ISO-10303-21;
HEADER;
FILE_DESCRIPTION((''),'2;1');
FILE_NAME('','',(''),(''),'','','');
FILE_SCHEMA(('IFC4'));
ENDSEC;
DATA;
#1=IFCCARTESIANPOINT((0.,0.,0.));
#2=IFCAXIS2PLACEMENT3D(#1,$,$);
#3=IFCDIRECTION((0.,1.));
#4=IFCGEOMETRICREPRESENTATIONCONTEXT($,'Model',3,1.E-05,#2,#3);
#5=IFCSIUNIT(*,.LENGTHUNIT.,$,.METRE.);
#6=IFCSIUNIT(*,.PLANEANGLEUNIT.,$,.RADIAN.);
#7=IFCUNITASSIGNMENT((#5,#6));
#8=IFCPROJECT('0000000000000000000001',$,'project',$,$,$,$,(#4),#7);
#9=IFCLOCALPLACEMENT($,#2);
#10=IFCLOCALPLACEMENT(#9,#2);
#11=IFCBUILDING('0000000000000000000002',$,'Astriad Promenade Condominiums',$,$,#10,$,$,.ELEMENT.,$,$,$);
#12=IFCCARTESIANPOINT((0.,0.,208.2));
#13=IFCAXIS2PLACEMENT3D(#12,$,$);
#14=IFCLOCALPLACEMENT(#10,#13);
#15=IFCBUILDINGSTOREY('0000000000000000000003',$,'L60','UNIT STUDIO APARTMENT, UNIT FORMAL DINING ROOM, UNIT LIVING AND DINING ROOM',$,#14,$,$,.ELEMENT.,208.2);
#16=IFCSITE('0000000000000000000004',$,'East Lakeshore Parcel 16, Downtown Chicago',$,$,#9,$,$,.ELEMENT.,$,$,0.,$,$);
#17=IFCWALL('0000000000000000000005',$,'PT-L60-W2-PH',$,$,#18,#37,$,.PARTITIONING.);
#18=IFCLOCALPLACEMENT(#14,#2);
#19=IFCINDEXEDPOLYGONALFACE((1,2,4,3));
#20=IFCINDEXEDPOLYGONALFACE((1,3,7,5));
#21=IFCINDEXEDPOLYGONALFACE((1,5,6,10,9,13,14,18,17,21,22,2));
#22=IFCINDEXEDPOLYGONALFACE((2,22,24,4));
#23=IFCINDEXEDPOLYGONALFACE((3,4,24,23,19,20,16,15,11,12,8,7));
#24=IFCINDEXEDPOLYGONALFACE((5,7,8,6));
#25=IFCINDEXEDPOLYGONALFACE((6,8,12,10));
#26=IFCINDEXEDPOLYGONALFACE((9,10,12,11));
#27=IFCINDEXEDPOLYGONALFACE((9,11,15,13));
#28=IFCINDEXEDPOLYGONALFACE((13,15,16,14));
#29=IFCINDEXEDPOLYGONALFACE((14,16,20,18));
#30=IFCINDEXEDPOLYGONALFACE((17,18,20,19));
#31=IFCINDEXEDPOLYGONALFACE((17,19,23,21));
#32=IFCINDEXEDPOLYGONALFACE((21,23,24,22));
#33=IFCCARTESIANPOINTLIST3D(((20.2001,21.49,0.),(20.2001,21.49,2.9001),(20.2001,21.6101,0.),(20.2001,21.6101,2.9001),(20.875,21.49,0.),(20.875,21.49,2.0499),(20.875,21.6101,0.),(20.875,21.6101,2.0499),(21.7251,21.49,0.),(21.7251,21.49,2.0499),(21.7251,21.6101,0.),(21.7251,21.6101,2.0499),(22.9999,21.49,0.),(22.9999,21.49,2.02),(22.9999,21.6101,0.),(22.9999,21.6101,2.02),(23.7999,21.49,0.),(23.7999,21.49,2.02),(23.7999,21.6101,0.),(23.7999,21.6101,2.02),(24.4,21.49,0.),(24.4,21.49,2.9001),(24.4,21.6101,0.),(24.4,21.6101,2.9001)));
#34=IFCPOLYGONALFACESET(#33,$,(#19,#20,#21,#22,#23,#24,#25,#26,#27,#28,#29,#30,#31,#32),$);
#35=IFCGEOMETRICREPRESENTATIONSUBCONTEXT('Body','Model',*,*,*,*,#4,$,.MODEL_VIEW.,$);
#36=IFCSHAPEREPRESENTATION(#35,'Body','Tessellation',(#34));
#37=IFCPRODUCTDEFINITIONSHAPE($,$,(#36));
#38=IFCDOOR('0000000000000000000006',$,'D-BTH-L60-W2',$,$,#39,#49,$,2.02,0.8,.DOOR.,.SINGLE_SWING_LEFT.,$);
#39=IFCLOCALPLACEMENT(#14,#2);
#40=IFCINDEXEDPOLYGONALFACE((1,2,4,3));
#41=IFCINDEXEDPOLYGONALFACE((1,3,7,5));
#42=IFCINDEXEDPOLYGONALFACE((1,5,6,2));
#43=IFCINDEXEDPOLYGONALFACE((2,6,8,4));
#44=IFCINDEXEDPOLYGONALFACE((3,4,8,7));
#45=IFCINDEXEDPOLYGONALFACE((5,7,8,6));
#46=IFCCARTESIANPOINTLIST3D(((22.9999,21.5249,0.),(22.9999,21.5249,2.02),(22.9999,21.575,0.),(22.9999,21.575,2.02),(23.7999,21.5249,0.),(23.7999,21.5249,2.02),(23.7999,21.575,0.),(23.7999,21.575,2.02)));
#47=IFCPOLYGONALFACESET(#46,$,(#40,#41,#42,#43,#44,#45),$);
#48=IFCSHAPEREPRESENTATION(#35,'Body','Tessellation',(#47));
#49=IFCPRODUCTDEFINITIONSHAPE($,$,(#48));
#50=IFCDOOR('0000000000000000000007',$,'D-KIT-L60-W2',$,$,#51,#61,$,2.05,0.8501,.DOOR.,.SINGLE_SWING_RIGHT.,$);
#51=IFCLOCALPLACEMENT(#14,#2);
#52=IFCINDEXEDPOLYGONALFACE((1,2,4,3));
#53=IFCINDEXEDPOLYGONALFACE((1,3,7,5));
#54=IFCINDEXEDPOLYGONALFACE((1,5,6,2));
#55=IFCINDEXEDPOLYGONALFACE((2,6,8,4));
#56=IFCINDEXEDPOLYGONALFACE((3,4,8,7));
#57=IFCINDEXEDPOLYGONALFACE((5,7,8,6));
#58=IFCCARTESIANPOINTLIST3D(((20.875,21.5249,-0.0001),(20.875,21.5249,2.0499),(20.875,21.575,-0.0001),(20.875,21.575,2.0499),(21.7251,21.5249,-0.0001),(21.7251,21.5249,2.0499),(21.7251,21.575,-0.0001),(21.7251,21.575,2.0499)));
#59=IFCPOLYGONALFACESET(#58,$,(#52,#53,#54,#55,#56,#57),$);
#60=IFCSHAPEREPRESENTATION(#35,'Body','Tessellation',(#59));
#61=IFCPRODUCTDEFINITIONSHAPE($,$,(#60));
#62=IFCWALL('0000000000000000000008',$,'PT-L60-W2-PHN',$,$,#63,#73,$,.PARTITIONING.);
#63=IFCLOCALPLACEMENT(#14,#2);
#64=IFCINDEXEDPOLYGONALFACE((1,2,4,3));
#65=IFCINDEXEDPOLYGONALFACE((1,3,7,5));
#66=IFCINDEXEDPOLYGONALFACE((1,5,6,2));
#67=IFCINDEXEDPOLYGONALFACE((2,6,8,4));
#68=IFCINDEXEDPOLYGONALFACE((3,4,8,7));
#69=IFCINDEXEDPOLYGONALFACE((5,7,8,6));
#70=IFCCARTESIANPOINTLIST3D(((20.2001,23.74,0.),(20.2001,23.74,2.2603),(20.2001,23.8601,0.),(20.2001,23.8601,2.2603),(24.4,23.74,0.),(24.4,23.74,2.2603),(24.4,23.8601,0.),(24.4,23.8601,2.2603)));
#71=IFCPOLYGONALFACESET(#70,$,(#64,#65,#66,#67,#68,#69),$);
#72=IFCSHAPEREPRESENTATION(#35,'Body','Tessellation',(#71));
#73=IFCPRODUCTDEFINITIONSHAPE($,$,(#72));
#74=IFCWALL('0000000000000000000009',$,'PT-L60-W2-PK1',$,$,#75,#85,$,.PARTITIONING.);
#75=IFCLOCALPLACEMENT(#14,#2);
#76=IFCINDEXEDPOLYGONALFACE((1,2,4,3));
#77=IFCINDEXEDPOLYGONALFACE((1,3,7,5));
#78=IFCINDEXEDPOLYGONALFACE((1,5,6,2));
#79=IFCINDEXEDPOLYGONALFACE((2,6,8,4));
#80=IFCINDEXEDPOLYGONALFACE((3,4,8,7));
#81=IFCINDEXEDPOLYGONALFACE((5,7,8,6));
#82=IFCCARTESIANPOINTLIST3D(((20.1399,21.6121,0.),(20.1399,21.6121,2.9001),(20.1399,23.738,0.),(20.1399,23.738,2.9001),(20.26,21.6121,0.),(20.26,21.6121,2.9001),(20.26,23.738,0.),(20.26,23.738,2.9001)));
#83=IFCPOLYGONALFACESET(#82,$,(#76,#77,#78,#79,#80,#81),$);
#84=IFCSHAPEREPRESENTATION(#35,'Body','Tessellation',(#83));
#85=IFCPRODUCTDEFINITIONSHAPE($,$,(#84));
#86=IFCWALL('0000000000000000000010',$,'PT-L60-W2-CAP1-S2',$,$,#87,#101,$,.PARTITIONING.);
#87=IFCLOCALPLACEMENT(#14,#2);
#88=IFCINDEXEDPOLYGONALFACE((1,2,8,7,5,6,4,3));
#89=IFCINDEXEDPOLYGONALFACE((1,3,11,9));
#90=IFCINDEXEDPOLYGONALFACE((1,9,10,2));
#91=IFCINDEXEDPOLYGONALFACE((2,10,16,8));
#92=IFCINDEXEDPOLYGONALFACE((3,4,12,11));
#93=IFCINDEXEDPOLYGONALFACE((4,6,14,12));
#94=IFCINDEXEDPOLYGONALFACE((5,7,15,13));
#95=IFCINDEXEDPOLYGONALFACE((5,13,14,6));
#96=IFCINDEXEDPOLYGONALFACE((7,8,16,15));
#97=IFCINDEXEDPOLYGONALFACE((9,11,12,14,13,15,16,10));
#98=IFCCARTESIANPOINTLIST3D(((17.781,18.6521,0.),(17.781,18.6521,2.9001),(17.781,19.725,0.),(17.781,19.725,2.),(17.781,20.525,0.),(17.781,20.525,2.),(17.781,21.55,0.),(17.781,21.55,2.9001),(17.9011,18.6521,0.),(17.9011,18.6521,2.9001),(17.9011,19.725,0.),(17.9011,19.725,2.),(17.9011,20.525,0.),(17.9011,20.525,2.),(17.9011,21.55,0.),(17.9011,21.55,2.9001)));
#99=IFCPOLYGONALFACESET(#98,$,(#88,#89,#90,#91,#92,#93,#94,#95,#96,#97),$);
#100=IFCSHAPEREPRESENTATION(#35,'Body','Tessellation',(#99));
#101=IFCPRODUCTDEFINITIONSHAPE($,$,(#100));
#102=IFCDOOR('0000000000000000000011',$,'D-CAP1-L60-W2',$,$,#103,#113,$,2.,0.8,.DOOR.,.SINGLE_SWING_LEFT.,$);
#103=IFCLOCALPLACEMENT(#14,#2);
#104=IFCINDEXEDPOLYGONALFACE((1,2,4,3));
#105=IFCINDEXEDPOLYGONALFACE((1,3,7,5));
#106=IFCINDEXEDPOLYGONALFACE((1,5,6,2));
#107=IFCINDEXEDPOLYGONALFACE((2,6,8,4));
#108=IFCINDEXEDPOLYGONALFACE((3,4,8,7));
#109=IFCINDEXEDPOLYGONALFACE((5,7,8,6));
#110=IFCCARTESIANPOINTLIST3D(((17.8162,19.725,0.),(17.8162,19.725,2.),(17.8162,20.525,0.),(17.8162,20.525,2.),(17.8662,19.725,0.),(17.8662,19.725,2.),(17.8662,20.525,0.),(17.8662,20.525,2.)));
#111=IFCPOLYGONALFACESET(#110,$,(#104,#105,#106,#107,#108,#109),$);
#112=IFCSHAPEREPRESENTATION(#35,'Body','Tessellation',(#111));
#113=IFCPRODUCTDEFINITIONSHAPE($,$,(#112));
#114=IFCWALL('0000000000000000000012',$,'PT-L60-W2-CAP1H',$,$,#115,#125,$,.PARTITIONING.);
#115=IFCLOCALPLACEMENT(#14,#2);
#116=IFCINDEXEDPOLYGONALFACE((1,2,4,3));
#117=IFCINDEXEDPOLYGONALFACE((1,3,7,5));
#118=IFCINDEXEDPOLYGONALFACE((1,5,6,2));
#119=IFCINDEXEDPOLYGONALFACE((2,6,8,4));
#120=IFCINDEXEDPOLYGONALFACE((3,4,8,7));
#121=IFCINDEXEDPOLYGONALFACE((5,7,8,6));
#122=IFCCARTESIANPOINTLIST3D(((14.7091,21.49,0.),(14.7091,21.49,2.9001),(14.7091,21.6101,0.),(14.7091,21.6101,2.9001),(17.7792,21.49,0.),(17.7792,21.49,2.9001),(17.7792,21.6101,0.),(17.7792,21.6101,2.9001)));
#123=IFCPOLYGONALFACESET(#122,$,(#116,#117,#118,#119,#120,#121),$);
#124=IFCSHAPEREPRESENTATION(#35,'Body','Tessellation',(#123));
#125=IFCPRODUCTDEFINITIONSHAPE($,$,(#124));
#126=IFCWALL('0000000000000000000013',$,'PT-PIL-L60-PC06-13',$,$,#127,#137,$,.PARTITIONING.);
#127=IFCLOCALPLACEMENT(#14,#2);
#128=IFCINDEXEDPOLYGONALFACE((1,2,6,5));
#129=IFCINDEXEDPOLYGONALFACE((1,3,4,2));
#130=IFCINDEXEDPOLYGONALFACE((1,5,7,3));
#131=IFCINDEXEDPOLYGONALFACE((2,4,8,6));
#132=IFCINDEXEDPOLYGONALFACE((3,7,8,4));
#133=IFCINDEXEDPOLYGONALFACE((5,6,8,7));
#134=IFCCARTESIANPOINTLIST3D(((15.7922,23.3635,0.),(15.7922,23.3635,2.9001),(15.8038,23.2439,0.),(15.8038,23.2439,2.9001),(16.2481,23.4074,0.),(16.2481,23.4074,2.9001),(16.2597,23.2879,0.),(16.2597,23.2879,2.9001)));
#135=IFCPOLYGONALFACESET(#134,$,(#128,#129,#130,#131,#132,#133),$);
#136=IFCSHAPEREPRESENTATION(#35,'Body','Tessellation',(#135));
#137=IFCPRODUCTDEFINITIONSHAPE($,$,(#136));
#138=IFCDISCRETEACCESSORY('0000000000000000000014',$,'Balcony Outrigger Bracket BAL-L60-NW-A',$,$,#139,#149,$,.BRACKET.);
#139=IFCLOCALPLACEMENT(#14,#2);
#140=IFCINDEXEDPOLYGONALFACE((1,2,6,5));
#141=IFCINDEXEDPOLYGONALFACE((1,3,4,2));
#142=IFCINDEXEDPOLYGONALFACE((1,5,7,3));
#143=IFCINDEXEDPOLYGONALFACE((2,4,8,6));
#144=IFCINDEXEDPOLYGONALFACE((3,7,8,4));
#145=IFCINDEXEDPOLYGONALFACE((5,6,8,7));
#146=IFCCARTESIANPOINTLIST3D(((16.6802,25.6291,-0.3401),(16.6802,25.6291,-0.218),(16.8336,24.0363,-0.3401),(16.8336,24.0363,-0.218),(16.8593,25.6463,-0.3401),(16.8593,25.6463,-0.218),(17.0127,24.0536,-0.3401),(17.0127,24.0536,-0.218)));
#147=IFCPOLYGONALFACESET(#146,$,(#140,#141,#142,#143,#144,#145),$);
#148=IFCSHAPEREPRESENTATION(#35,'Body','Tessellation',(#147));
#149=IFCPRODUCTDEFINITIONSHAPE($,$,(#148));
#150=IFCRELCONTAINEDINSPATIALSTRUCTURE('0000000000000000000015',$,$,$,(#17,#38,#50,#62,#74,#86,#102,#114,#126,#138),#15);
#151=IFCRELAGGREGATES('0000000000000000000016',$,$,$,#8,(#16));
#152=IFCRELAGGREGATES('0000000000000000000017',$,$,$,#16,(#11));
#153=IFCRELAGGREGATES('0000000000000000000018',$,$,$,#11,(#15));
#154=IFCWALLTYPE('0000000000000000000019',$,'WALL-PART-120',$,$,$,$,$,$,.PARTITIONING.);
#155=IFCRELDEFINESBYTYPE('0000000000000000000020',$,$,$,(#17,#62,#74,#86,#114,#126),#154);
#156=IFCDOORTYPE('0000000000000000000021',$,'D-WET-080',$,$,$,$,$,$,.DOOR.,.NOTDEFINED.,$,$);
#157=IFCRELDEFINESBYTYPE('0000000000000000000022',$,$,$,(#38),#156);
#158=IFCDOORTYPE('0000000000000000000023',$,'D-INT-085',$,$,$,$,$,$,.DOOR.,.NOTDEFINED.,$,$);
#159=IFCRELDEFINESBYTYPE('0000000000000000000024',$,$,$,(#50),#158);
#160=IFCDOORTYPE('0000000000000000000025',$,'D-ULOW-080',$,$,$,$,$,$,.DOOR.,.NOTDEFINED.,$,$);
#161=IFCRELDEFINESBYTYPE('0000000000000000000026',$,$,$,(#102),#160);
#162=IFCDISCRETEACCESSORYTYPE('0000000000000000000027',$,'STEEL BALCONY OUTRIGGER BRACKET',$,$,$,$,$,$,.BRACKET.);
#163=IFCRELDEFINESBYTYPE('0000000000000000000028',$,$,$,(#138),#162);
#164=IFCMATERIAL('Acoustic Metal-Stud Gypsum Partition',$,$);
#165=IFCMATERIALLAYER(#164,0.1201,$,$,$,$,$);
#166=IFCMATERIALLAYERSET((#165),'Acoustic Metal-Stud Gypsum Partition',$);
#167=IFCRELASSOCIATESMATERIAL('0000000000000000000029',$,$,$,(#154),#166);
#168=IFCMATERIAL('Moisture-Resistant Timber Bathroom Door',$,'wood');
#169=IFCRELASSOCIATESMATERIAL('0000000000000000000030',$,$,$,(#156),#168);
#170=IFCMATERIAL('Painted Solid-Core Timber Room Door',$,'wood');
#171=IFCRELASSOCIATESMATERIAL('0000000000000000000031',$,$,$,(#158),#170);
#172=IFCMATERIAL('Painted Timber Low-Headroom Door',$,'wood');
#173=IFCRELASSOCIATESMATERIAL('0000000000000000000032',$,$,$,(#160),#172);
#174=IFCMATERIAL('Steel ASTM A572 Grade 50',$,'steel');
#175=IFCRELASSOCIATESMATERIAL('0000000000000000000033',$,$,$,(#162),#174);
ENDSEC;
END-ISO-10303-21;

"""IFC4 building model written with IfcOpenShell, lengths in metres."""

from ifc_helpers import new_model, si_unit, direction, frame, frame_2d, origin, origin_2d, place, context, subcontext, project, spatial, rectangle, extrude, source, transform, mapped, material, layer, layer_set, type_object, type_shapes, element, fill, save


model = new_model("IFC4")

# Units and contexts
model_context = context("Model", 3, precision=1e-05, world=origin(), true_north=direction((0.0, 1.0)))
body_context = subcontext(model_context, "Body", "Model", "MODEL_VIEW")
ifc_project = project(units=[si_unit("LENGTHUNIT", "METRE"), si_unit("PLANEANGLEUNIT", "RADIAN")], contexts=[model_context])

# Site, building, storey
site_placement = place(None, origin())
site = spatial("IfcSite", under=ifc_project, at=site_placement, Name="East Lakeshore Parcel 16, Downtown Chicago", CompositionType="ELEMENT", RefElevation=0.0)
building_placement = place(site_placement, origin())
building = spatial("IfcBuilding", under=site, at=building_placement, Name="Astriad Promenade Condominiums", CompositionType="ELEMENT")
storey_placement = place(building_placement, frame((0.0, 0.0, 208.2)))
storey = spatial("IfcBuildingStorey", under=building, at=storey_placement, Name="L60", Description="UNIT STUDIO APARTMENT, UNIT FORMAL DINING ROOM, UNIT LIVING AND DINING ROOM", CompositionType="ELEMENT", Elevation=208.2)

# Wall, openings, doors
ifc_material_1 = material(Name="Acoustic Metal-Stud Gypsum Partition")
ifc_layer_1 = layer(ifc_material_1, 0.1201)
ifc_layer_set_1 = layer_set([ifc_layer_1], Name="Acoustic Metal-Stud Gypsum Partition")
wall_type_1 = type_object("IfcWallType", Name="WALL-PART-120", PredefinedType="PARTITIONING", material=ifc_layer_set_1)
wall_1_placement = place(storey_placement, frame((20.2, 21.55, 0.0), z_axis=(0.0, 0.0, 1.0), x_axis=(1.0, 0.0, 0.0)))
wall_1 = element("IfcWall", 1, at=wall_1_placement, inside=storey, type_object=wall_type_1, Name="PT-L60-W2-PH", PredefinedType="PARTITIONING", context=body_context, shape_type="SweptSolid", body=[
    extrude(rectangle(XDim=4.2, YDim=0.1201, at=frame_2d((2.1001, 0.0))), origin(), (0.0, 0.0, 1.0), 2.9001),
])
opening_1_placement = place(wall_1_placement, frame((0.675, 0.0, 0.0)))
opening_1 = element("IfcOpeningElement", 2, at=opening_1_placement, cuts=wall_1, PredefinedType="OPENING", context=body_context, shape_type="SweptSolid", body=[
    extrude(rectangle(XDim=0.8501, YDim=2.05, at=frame_2d((0.425, 1.0249))), frame((0.0, 0.0701, 0.0), z_axis=(0.0, -1.0, 0.0), x_axis=(1.0, 0.0, 0.0)), (0.0, 0.0, 1.0), 0.1401),
])
opening_2_placement = place(wall_1_placement, frame((2.8, 0.0, 0.0)))
opening_2 = element("IfcOpeningElement", 3, at=opening_2_placement, cuts=wall_1, PredefinedType="OPENING", context=body_context, shape_type="SweptSolid", body=[
    extrude(rectangle(XDim=0.8, YDim=2.02, at=frame_2d((0.3999, 1.01))), frame((0.0, 0.0701, 0.0), z_axis=(0.0, -1.0, 0.0), x_axis=(1.0, 0.0, 0.0)), (0.0, 0.0, 1.0), 0.1401),
])
ifc_material_2 = material(Name="Moisture-Resistant Timber Bathroom Door", Category="wood")
door_type_1 = type_object("IfcDoorType", Name="D-WET-080", OperationType="NOTDEFINED", PredefinedType="DOOR", material=ifc_material_2)
shared_shape_1 = source(origin(), body_context, "Body", "SweptSolid", [
    extrude(rectangle(XDim=0.8, YDim=2.02, at=frame_2d((0.3999, 1.01))), frame((0.0, 0.0249, 0.0), z_axis=(0.0, -1.0, 0.0), x_axis=(1.0, 0.0, 0.0)), (0.0, 0.0, 1.0), 0.05),
])
type_shapes(door_type_1, [shared_shape_1])
door_1_placement = place(opening_2_placement, origin())
door_1 = element("IfcDoor", 4, at=door_1_placement, inside=storey, type_object=door_type_1, Name="D-BTH-L60-W2", OperationType="SINGLE_SWING_LEFT", OverallHeight=2.02, OverallWidth=0.8, PredefinedType="DOOR", context=body_context, shape_type="MappedRepresentation", body=[
    mapped(shared_shape_1, transform((0.0, 0.0, 0.0), scale=1.0)),
])
fill(opening_2, door_1)
ifc_material_3 = material(Name="Painted Solid-Core Timber Room Door", Category="wood")
door_type_2 = type_object("IfcDoorType", Name="D-INT-085", OperationType="NOTDEFINED", PredefinedType="DOOR", material=ifc_material_3)
shared_shape_2 = source(origin(), body_context, "Body", "SweptSolid", [
    extrude(rectangle(XDim=0.8501, YDim=2.05, at=frame_2d((0.425, 1.0249))), frame((0.0, 0.0249, 0.0), z_axis=(0.0, -1.0, 0.0), x_axis=(1.0, 0.0, 0.0)), (0.0, 0.0, 1.0), 0.05),
])
type_shapes(door_type_2, [shared_shape_2])
door_2_placement = place(opening_1_placement, origin())
door_2 = element("IfcDoor", 5, at=door_2_placement, inside=storey, type_object=door_type_2, Name="D-KIT-L60-W2", OperationType="SINGLE_SWING_RIGHT", OverallHeight=2.05, OverallWidth=0.8501, PredefinedType="DOOR", context=body_context, shape_type="MappedRepresentation", body=[
    mapped(shared_shape_2, transform((0.0, 0.0, 0.0), scale=1.0)),
])
fill(opening_1, door_2)

# Walls
wall_2_placement = place(storey_placement, frame((20.2, 23.8, 0.0), z_axis=(0.0, 0.0, 1.0), x_axis=(1.0, 0.0, 0.0)))
element("IfcWall", 6, at=wall_2_placement, inside=storey, type_object=wall_type_1, Name="PT-L60-W2-PHN", PredefinedType="PARTITIONING", context=body_context, shape_type="SweptSolid", body=[
    extrude(rectangle(XDim=4.2, YDim=0.1201, at=frame_2d((2.1001, 0.0))), origin(), (0.0, 0.0, 1.0), 2.2603),
])
wall_3_placement = place(storey_placement, frame((20.2, 21.6121, 0.0), z_axis=(0.0, 0.0, 1.0), x_axis=(0.0, 1.0, 0.0)))
element("IfcWall", 7, at=wall_3_placement, inside=storey, type_object=wall_type_1, Name="PT-L60-W2-PK1", PredefinedType="PARTITIONING", context=body_context, shape_type="SweptSolid", body=[
    extrude(rectangle(XDim=2.126, YDim=0.1201, at=frame_2d((1.063, 0.0))), origin(), (0.0, 0.0, 1.0), 2.9001),
])

# Wall, opening, door
wall_4_placement = place(storey_placement, frame((17.8411, 18.6521, 0.0), z_axis=(0.0, 0.0, 1.0), x_axis=(0.0, 1.0, 0.0)))
wall_4 = element("IfcWall", 8, at=wall_4_placement, inside=storey, type_object=wall_type_1, Name="PT-L60-W2-CAP1-S2", PredefinedType="PARTITIONING", context=body_context, shape_type="SweptSolid", body=[
    extrude(rectangle(XDim=2.8979, YDim=0.1201, at=frame_2d((1.449, 0.0))), origin(), (0.0, 0.0, 1.0), 2.9001),
])
opening_3_placement = place(wall_4_placement, frame((1.073, 0.0, 0.0)))
opening_3 = element("IfcOpeningElement", 9, at=opening_3_placement, cuts=wall_4, PredefinedType="OPENING", context=body_context, shape_type="SweptSolid", body=[
    extrude(rectangle(XDim=0.8, YDim=2.0, at=frame_2d((0.3999, 1.0))), frame((0.0, 0.0701, 0.0), z_axis=(0.0, -1.0, 0.0), x_axis=(1.0, 0.0, 0.0)), (0.0, 0.0, 1.0), 0.1401),
])
ifc_material_4 = material(Name="Painted Timber Low-Headroom Door", Category="wood")
door_type_3 = type_object("IfcDoorType", Name="D-ULOW-080", OperationType="NOTDEFINED", PredefinedType="DOOR", material=ifc_material_4)
shared_shape_3 = source(origin(), body_context, "Body", "SweptSolid", [
    extrude(rectangle(XDim=0.8, YDim=2.0, at=frame_2d((0.3999, 1.0))), frame((0.0, 0.0249, 0.0), z_axis=(0.0, -1.0, 0.0), x_axis=(1.0, 0.0, 0.0)), (0.0, 0.0, 1.0), 0.05),
])
type_shapes(door_type_3, [shared_shape_3])
door_3_placement = place(opening_3_placement, origin())
door_3 = element("IfcDoor", 10, at=door_3_placement, inside=storey, type_object=door_type_3, Name="D-CAP1-L60-W2", OperationType="SINGLE_SWING_LEFT", OverallHeight=2.0, OverallWidth=0.8, PredefinedType="DOOR", context=body_context, shape_type="MappedRepresentation", body=[
    mapped(shared_shape_3, transform((0.0, 0.0, 0.0), scale=1.0)),
])
fill(opening_3, door_3)

# Walls
wall_5_placement = place(storey_placement, frame((14.709, 21.55, 0.0), z_axis=(0.0, 0.0, 1.0), x_axis=(1.0, 0.0, 0.0)))
element("IfcWall", 11, at=wall_5_placement, inside=storey, type_object=wall_type_1, Name="PT-L60-W2-CAP1H", PredefinedType="PARTITIONING", context=body_context, shape_type="SweptSolid", body=[
    extrude(rectangle(XDim=3.0701, YDim=0.1201, at=frame_2d((1.5352, 0.0))), origin(), (0.0, 0.0, 1.0), 2.9001),
])
wall_6_placement = place(storey_placement, frame((16.2539, 23.3477, 0.0), z_axis=(0.0, 0.0, 1.0), x_axis=(-0.995385, -0.095966, 0.0)))
element("IfcWall", 12, at=wall_6_placement, inside=storey, type_object=wall_type_1, Name="PT-PIL-L60-PC06-13", PredefinedType="PARTITIONING", context=body_context, shape_type="SweptSolid", body=[
    extrude(rectangle(XDim=0.458, YDim=0.1201, at=frame_2d((0.229, 0.0))), origin(), (0.0, 0.0, 1.0), 2.9001),
])

# Discrete accessory
ifc_material_5 = material(Name="Steel ASTM A572 Grade 50", Category="steel")
discrete_accessory_type = type_object("IfcDiscreteAccessoryType", Name="STEEL BALCONY OUTRIGGER BRACKET", PredefinedType="BRACKET", material=ifc_material_5)
shared_shape_4 = source(origin(), body_context, "Body", "SweptSolid", [
    extrude(rectangle(XDim=1.6001, YDim=0.1799, at=origin_2d()), origin(), (0.0, 0.0, 1.0), 0.1221),
])
type_shapes(discrete_accessory_type, [shared_shape_4])
discrete_accessory_placement = place(storey_placement, frame((16.8464, 24.8413, -0.3401), z_axis=(0.0, 0.0, 1.0), x_axis=(-0.095846, 0.995396, 0.0)))
element("IfcDiscreteAccessory", 13, at=discrete_accessory_placement, inside=storey, type_object=discrete_accessory_type, Name="Balcony Outrigger Bracket BAL-L60-NW-A", PredefinedType="BRACKET", context=body_context, shape_type="MappedRepresentation", body=[
    mapped(shared_shape_4, transform((0.0, 0.0, 0.0), scale=1.0)),
])

save(model, "model.ifc")
